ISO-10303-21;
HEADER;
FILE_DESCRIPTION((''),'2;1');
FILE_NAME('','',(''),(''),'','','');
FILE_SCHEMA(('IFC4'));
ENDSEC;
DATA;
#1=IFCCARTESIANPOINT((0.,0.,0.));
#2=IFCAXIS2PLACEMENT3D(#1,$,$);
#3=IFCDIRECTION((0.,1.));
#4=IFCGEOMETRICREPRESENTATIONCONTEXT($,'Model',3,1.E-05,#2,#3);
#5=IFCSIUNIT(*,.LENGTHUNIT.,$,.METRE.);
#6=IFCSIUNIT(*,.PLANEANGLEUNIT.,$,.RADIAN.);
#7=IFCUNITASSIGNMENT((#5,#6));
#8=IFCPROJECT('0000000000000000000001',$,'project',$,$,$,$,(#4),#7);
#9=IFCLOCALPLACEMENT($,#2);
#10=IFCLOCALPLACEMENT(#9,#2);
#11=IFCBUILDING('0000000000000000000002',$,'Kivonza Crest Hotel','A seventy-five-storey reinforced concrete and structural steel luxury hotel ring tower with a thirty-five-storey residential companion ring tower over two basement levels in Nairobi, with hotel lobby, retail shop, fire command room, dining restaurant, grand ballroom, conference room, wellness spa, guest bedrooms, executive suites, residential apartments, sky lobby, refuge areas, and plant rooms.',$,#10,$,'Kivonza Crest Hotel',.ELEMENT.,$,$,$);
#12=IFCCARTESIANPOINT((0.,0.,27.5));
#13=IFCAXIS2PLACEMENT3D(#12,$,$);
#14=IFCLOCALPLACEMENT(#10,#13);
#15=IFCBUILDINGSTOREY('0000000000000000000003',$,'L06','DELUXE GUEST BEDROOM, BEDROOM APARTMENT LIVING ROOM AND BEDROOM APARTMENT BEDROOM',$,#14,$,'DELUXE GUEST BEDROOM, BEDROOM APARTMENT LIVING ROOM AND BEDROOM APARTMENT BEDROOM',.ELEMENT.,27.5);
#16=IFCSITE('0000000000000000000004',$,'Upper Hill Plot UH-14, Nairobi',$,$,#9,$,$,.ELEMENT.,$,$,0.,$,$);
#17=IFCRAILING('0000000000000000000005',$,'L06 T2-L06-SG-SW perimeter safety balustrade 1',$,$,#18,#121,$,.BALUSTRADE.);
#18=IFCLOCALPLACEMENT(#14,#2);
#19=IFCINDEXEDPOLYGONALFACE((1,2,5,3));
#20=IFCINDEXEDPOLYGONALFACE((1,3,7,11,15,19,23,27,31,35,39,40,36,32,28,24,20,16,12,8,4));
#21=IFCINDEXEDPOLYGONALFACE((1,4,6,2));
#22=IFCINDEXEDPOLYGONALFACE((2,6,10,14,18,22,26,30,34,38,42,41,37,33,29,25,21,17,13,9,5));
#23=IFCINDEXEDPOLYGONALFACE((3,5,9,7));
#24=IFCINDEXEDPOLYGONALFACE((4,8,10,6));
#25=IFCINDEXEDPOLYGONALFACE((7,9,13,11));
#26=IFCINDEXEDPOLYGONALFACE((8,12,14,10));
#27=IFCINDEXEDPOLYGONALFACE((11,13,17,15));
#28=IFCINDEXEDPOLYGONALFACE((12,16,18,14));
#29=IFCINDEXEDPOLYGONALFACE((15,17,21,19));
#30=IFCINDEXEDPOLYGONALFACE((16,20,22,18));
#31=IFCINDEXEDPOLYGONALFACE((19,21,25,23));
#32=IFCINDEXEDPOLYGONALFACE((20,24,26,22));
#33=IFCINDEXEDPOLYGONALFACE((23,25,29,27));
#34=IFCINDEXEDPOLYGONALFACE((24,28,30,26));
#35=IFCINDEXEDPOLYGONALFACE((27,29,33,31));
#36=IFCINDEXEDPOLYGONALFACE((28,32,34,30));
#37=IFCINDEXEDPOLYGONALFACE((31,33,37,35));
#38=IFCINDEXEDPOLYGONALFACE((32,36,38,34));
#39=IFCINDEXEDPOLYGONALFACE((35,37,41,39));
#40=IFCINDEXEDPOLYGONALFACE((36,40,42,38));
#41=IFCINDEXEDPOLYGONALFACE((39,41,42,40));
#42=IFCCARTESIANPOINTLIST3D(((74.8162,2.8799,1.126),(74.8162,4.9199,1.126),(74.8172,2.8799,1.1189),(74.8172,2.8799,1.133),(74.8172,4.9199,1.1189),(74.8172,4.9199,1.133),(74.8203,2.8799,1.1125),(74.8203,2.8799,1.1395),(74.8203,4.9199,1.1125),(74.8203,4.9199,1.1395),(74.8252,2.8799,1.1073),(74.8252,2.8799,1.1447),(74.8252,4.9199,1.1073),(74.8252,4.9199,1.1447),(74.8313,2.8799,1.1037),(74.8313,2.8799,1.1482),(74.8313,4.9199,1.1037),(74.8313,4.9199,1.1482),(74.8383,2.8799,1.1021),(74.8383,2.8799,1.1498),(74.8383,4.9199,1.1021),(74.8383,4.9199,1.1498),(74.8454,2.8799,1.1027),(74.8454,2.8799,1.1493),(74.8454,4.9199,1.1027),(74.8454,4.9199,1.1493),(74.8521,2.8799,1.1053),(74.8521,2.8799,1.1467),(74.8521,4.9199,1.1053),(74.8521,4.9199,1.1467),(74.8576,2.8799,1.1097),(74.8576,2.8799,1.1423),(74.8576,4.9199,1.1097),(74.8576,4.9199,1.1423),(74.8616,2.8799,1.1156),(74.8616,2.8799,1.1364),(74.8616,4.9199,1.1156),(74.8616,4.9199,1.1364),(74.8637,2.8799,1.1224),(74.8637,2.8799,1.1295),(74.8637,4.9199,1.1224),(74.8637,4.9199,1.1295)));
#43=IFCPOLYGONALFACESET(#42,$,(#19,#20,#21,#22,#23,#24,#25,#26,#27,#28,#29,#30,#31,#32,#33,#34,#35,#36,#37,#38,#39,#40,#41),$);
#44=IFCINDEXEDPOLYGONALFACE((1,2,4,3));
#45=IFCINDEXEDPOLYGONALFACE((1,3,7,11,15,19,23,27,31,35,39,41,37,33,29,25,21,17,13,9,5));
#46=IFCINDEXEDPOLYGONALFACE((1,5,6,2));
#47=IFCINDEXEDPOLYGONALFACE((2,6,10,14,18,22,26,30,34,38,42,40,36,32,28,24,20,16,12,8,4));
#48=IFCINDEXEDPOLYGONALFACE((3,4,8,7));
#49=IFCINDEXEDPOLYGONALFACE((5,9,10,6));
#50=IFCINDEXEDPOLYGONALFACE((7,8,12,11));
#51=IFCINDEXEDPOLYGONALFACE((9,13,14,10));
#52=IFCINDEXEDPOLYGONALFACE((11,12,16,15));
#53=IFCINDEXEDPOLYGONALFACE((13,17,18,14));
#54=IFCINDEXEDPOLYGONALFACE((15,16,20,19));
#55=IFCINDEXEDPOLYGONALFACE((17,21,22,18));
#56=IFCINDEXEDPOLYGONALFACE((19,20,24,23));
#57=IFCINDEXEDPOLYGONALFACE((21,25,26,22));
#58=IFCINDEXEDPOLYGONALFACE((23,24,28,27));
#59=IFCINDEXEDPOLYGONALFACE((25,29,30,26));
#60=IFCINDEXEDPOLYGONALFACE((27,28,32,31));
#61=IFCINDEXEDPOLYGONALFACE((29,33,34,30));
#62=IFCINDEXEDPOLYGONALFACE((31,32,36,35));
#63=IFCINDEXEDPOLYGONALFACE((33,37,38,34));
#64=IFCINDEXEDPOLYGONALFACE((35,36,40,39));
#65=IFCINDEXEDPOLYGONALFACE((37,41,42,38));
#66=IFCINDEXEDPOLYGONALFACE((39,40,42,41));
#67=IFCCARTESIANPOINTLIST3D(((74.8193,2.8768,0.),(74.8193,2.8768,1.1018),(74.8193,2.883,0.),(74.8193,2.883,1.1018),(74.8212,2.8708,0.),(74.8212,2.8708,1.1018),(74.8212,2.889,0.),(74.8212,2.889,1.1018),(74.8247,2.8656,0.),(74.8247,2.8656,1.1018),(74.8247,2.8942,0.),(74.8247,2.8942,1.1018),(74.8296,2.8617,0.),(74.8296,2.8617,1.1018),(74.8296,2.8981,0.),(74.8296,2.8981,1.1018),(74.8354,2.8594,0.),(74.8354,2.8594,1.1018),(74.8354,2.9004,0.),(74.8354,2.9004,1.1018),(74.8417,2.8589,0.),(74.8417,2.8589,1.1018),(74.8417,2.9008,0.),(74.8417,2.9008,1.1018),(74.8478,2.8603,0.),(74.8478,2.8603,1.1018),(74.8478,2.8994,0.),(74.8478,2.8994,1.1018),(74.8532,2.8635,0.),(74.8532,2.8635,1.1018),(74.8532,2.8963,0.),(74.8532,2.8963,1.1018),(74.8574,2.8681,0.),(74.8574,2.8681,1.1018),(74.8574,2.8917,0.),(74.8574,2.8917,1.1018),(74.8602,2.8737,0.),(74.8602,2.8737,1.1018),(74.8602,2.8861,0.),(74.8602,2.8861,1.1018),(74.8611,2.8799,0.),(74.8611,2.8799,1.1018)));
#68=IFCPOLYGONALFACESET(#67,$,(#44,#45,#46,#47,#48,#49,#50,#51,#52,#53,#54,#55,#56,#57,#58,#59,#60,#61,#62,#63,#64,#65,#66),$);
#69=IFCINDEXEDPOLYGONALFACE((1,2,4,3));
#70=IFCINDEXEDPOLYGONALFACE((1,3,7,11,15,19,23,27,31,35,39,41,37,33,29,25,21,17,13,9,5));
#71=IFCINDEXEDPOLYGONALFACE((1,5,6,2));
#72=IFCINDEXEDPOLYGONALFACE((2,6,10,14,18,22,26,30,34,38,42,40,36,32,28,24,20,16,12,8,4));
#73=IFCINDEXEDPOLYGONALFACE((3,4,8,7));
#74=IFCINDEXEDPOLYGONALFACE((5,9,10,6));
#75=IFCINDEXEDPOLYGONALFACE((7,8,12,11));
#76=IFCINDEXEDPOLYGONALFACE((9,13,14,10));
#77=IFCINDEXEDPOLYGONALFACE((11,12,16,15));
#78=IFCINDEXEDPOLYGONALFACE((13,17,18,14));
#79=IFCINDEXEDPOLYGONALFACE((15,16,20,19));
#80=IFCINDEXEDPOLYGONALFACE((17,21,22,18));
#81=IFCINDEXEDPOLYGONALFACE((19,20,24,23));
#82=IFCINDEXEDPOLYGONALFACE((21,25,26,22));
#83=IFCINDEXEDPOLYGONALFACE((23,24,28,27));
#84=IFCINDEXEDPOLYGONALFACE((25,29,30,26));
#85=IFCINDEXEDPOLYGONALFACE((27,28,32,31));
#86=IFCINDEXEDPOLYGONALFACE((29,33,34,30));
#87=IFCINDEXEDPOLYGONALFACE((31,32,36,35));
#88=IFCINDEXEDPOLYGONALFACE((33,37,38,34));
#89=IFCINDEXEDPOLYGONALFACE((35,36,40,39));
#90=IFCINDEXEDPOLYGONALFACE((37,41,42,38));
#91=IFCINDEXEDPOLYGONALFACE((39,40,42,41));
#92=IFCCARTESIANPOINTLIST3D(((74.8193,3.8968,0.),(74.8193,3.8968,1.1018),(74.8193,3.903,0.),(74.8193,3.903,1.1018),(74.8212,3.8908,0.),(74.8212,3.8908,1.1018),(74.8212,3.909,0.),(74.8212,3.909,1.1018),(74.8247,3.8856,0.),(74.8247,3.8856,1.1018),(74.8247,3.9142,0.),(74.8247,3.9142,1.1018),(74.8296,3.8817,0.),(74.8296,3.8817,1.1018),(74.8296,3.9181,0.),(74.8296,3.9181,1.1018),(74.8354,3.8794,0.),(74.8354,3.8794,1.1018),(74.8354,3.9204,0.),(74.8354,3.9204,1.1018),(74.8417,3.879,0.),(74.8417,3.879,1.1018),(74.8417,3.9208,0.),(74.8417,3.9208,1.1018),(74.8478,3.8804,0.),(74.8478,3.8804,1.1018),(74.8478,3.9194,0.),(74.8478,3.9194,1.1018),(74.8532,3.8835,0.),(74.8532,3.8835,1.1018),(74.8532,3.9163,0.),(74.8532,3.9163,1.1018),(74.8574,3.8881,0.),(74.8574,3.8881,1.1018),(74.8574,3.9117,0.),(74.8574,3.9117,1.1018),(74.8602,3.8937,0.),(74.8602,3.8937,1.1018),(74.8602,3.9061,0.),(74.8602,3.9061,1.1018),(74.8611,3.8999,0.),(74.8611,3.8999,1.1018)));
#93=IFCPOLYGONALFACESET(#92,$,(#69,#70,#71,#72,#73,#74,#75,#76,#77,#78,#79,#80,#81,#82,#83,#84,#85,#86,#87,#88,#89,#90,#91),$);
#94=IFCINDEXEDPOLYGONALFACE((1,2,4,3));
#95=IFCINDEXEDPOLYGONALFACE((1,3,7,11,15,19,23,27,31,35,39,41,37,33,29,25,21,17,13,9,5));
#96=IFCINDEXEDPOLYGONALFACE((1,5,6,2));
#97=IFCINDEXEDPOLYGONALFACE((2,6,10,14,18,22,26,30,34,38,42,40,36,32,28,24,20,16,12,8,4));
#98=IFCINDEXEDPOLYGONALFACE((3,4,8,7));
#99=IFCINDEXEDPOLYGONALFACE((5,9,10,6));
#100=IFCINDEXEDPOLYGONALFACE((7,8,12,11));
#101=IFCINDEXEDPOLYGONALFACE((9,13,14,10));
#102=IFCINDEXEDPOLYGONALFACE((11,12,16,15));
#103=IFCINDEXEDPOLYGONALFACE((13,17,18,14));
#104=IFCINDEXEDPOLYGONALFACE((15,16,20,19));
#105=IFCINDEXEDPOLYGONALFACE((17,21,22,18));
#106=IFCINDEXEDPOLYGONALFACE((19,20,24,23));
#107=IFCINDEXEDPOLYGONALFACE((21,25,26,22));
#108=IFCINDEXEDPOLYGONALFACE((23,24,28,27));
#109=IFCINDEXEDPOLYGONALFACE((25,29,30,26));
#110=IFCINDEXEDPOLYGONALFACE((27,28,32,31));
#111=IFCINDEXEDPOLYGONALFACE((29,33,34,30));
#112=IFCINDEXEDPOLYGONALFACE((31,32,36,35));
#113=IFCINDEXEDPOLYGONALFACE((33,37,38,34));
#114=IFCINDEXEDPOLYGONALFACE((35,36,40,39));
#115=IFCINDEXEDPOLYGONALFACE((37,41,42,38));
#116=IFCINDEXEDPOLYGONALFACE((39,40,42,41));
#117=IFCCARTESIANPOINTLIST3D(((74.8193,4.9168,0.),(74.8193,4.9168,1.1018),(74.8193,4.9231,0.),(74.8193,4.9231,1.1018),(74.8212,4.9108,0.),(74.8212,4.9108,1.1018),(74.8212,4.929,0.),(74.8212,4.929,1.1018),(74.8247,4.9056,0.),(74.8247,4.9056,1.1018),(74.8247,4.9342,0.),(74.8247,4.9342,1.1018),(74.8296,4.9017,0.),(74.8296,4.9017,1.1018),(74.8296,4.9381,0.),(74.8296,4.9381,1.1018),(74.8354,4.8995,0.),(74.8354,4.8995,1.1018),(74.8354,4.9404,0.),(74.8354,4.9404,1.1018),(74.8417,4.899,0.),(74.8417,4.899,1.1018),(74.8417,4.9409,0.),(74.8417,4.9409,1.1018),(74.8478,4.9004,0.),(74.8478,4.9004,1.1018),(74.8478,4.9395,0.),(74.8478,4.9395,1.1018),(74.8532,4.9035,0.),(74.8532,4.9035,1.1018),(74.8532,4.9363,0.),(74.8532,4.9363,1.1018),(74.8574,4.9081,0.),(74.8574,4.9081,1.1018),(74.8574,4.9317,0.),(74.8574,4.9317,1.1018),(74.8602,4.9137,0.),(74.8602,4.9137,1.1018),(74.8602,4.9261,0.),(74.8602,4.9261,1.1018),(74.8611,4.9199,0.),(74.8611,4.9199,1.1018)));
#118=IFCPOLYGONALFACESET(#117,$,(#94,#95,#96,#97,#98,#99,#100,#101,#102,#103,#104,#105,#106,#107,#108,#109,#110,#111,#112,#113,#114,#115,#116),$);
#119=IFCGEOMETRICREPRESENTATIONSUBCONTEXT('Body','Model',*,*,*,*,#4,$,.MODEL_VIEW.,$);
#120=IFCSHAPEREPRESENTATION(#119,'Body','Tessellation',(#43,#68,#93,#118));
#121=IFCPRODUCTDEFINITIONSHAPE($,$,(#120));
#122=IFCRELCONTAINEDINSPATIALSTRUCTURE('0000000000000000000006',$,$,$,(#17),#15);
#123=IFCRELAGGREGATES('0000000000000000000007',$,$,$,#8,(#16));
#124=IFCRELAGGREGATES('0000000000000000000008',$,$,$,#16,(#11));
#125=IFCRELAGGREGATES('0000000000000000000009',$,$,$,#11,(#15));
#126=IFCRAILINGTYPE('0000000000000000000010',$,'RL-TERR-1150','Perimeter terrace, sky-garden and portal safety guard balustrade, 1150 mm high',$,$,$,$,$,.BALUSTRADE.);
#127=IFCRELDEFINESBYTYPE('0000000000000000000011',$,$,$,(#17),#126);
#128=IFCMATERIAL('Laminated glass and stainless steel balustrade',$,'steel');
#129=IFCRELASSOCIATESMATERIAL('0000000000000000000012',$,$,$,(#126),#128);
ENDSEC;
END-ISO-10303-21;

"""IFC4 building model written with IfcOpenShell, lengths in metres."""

from ifc_helpers import new_model, si_unit, direction, frame, origin, origin_2d, place, context, subcontext, project, spatial, circle, extrude, material, type_object, element, save


model = new_model("IFC4")

# Units and contexts
model_context = context("Model", 3, precision=1e-05, world=origin(), true_north=direction((0.0, 1.0)))
body_context = subcontext(model_context, "Body", "Model", "MODEL_VIEW")
ifc_project = project(units=[si_unit("LENGTHUNIT", "METRE"), si_unit("PLANEANGLEUNIT", "RADIAN")], contexts=[model_context])

# Site, building, storey
site_placement = place(None, origin())
site = spatial("IfcSite", under=ifc_project, at=site_placement, Name="Upper Hill Plot UH-14, Nairobi", CompositionType="ELEMENT", RefElevation=0.0)
building_placement = place(site_placement, origin())
building = spatial("IfcBuilding", under=site, at=building_placement, Name="Kivonza Crest Hotel", Description="A seventy-five-storey reinforced concrete and structural steel luxury hotel ring tower with a thirty-five-storey residential companion ring tower over two basement levels in Nairobi, with hotel lobby, retail shop, fire command room, dining restaurant, grand ballroom, conference room, wellness spa, guest bedrooms, executive suites, residential apartments, sky lobby, refuge areas, and plant rooms.", LongName="Kivonza Crest Hotel", CompositionType="ELEMENT")
storey_placement = place(building_placement, frame((0.0, 0.0, 27.5)))
storey = spatial("IfcBuildingStorey", under=building, at=storey_placement, Name="L06", Description="DELUXE GUEST BEDROOM, BEDROOM APARTMENT LIVING ROOM AND BEDROOM APARTMENT BEDROOM", LongName="DELUXE GUEST BEDROOM, BEDROOM APARTMENT LIVING ROOM AND BEDROOM APARTMENT BEDROOM", CompositionType="ELEMENT", Elevation=27.5)

# Railing
ifc_material_1 = material(Name="Laminated glass and stainless steel balustrade", Category="steel")
railing_type = type_object("IfcRailingType", Name="RL-TERR-1150", Description="Perimeter terrace, sky-garden and portal safety guard balustrade, 1150 mm high", PredefinedType="BALUSTRADE", material=ifc_material_1)
railing_1_placement = place(storey_placement, frame((74.8401, 2.8799, 0.0)))
element("IfcRailing", 1, at=railing_1_placement, inside=storey, type_object=railing_type, Name="L06 T2-L06-SG-SW perimeter safety balustrade 1", PredefinedType="BALUSTRADE", context=body_context, shape_type="SweptSolid", body=[
    extrude(circle(Radius=0.0239, at=origin_2d()), frame((0.0, 0.0, 1.126), z_axis=(0.0, 1.0, 0.0), x_axis=(-1.0, 0.0, 0.0)), (0.0, 0.0, 1.0), 2.04),
    extrude(circle(Radius=0.021, at=origin_2d()), origin(), (0.0, 0.0, 1.0), 1.1018),
    extrude(circle(Radius=0.021, at=origin_2d()), frame((0.0, 1.02, 0.0)), (0.0, 0.0, 1.0), 1.1018),
    extrude(circle(Radius=0.021, at=origin_2d()), frame((0.0, 2.04, 0.0)), (0.0, 0.0, 1.0), 1.1018),
])

save(model, "model.ifc")
